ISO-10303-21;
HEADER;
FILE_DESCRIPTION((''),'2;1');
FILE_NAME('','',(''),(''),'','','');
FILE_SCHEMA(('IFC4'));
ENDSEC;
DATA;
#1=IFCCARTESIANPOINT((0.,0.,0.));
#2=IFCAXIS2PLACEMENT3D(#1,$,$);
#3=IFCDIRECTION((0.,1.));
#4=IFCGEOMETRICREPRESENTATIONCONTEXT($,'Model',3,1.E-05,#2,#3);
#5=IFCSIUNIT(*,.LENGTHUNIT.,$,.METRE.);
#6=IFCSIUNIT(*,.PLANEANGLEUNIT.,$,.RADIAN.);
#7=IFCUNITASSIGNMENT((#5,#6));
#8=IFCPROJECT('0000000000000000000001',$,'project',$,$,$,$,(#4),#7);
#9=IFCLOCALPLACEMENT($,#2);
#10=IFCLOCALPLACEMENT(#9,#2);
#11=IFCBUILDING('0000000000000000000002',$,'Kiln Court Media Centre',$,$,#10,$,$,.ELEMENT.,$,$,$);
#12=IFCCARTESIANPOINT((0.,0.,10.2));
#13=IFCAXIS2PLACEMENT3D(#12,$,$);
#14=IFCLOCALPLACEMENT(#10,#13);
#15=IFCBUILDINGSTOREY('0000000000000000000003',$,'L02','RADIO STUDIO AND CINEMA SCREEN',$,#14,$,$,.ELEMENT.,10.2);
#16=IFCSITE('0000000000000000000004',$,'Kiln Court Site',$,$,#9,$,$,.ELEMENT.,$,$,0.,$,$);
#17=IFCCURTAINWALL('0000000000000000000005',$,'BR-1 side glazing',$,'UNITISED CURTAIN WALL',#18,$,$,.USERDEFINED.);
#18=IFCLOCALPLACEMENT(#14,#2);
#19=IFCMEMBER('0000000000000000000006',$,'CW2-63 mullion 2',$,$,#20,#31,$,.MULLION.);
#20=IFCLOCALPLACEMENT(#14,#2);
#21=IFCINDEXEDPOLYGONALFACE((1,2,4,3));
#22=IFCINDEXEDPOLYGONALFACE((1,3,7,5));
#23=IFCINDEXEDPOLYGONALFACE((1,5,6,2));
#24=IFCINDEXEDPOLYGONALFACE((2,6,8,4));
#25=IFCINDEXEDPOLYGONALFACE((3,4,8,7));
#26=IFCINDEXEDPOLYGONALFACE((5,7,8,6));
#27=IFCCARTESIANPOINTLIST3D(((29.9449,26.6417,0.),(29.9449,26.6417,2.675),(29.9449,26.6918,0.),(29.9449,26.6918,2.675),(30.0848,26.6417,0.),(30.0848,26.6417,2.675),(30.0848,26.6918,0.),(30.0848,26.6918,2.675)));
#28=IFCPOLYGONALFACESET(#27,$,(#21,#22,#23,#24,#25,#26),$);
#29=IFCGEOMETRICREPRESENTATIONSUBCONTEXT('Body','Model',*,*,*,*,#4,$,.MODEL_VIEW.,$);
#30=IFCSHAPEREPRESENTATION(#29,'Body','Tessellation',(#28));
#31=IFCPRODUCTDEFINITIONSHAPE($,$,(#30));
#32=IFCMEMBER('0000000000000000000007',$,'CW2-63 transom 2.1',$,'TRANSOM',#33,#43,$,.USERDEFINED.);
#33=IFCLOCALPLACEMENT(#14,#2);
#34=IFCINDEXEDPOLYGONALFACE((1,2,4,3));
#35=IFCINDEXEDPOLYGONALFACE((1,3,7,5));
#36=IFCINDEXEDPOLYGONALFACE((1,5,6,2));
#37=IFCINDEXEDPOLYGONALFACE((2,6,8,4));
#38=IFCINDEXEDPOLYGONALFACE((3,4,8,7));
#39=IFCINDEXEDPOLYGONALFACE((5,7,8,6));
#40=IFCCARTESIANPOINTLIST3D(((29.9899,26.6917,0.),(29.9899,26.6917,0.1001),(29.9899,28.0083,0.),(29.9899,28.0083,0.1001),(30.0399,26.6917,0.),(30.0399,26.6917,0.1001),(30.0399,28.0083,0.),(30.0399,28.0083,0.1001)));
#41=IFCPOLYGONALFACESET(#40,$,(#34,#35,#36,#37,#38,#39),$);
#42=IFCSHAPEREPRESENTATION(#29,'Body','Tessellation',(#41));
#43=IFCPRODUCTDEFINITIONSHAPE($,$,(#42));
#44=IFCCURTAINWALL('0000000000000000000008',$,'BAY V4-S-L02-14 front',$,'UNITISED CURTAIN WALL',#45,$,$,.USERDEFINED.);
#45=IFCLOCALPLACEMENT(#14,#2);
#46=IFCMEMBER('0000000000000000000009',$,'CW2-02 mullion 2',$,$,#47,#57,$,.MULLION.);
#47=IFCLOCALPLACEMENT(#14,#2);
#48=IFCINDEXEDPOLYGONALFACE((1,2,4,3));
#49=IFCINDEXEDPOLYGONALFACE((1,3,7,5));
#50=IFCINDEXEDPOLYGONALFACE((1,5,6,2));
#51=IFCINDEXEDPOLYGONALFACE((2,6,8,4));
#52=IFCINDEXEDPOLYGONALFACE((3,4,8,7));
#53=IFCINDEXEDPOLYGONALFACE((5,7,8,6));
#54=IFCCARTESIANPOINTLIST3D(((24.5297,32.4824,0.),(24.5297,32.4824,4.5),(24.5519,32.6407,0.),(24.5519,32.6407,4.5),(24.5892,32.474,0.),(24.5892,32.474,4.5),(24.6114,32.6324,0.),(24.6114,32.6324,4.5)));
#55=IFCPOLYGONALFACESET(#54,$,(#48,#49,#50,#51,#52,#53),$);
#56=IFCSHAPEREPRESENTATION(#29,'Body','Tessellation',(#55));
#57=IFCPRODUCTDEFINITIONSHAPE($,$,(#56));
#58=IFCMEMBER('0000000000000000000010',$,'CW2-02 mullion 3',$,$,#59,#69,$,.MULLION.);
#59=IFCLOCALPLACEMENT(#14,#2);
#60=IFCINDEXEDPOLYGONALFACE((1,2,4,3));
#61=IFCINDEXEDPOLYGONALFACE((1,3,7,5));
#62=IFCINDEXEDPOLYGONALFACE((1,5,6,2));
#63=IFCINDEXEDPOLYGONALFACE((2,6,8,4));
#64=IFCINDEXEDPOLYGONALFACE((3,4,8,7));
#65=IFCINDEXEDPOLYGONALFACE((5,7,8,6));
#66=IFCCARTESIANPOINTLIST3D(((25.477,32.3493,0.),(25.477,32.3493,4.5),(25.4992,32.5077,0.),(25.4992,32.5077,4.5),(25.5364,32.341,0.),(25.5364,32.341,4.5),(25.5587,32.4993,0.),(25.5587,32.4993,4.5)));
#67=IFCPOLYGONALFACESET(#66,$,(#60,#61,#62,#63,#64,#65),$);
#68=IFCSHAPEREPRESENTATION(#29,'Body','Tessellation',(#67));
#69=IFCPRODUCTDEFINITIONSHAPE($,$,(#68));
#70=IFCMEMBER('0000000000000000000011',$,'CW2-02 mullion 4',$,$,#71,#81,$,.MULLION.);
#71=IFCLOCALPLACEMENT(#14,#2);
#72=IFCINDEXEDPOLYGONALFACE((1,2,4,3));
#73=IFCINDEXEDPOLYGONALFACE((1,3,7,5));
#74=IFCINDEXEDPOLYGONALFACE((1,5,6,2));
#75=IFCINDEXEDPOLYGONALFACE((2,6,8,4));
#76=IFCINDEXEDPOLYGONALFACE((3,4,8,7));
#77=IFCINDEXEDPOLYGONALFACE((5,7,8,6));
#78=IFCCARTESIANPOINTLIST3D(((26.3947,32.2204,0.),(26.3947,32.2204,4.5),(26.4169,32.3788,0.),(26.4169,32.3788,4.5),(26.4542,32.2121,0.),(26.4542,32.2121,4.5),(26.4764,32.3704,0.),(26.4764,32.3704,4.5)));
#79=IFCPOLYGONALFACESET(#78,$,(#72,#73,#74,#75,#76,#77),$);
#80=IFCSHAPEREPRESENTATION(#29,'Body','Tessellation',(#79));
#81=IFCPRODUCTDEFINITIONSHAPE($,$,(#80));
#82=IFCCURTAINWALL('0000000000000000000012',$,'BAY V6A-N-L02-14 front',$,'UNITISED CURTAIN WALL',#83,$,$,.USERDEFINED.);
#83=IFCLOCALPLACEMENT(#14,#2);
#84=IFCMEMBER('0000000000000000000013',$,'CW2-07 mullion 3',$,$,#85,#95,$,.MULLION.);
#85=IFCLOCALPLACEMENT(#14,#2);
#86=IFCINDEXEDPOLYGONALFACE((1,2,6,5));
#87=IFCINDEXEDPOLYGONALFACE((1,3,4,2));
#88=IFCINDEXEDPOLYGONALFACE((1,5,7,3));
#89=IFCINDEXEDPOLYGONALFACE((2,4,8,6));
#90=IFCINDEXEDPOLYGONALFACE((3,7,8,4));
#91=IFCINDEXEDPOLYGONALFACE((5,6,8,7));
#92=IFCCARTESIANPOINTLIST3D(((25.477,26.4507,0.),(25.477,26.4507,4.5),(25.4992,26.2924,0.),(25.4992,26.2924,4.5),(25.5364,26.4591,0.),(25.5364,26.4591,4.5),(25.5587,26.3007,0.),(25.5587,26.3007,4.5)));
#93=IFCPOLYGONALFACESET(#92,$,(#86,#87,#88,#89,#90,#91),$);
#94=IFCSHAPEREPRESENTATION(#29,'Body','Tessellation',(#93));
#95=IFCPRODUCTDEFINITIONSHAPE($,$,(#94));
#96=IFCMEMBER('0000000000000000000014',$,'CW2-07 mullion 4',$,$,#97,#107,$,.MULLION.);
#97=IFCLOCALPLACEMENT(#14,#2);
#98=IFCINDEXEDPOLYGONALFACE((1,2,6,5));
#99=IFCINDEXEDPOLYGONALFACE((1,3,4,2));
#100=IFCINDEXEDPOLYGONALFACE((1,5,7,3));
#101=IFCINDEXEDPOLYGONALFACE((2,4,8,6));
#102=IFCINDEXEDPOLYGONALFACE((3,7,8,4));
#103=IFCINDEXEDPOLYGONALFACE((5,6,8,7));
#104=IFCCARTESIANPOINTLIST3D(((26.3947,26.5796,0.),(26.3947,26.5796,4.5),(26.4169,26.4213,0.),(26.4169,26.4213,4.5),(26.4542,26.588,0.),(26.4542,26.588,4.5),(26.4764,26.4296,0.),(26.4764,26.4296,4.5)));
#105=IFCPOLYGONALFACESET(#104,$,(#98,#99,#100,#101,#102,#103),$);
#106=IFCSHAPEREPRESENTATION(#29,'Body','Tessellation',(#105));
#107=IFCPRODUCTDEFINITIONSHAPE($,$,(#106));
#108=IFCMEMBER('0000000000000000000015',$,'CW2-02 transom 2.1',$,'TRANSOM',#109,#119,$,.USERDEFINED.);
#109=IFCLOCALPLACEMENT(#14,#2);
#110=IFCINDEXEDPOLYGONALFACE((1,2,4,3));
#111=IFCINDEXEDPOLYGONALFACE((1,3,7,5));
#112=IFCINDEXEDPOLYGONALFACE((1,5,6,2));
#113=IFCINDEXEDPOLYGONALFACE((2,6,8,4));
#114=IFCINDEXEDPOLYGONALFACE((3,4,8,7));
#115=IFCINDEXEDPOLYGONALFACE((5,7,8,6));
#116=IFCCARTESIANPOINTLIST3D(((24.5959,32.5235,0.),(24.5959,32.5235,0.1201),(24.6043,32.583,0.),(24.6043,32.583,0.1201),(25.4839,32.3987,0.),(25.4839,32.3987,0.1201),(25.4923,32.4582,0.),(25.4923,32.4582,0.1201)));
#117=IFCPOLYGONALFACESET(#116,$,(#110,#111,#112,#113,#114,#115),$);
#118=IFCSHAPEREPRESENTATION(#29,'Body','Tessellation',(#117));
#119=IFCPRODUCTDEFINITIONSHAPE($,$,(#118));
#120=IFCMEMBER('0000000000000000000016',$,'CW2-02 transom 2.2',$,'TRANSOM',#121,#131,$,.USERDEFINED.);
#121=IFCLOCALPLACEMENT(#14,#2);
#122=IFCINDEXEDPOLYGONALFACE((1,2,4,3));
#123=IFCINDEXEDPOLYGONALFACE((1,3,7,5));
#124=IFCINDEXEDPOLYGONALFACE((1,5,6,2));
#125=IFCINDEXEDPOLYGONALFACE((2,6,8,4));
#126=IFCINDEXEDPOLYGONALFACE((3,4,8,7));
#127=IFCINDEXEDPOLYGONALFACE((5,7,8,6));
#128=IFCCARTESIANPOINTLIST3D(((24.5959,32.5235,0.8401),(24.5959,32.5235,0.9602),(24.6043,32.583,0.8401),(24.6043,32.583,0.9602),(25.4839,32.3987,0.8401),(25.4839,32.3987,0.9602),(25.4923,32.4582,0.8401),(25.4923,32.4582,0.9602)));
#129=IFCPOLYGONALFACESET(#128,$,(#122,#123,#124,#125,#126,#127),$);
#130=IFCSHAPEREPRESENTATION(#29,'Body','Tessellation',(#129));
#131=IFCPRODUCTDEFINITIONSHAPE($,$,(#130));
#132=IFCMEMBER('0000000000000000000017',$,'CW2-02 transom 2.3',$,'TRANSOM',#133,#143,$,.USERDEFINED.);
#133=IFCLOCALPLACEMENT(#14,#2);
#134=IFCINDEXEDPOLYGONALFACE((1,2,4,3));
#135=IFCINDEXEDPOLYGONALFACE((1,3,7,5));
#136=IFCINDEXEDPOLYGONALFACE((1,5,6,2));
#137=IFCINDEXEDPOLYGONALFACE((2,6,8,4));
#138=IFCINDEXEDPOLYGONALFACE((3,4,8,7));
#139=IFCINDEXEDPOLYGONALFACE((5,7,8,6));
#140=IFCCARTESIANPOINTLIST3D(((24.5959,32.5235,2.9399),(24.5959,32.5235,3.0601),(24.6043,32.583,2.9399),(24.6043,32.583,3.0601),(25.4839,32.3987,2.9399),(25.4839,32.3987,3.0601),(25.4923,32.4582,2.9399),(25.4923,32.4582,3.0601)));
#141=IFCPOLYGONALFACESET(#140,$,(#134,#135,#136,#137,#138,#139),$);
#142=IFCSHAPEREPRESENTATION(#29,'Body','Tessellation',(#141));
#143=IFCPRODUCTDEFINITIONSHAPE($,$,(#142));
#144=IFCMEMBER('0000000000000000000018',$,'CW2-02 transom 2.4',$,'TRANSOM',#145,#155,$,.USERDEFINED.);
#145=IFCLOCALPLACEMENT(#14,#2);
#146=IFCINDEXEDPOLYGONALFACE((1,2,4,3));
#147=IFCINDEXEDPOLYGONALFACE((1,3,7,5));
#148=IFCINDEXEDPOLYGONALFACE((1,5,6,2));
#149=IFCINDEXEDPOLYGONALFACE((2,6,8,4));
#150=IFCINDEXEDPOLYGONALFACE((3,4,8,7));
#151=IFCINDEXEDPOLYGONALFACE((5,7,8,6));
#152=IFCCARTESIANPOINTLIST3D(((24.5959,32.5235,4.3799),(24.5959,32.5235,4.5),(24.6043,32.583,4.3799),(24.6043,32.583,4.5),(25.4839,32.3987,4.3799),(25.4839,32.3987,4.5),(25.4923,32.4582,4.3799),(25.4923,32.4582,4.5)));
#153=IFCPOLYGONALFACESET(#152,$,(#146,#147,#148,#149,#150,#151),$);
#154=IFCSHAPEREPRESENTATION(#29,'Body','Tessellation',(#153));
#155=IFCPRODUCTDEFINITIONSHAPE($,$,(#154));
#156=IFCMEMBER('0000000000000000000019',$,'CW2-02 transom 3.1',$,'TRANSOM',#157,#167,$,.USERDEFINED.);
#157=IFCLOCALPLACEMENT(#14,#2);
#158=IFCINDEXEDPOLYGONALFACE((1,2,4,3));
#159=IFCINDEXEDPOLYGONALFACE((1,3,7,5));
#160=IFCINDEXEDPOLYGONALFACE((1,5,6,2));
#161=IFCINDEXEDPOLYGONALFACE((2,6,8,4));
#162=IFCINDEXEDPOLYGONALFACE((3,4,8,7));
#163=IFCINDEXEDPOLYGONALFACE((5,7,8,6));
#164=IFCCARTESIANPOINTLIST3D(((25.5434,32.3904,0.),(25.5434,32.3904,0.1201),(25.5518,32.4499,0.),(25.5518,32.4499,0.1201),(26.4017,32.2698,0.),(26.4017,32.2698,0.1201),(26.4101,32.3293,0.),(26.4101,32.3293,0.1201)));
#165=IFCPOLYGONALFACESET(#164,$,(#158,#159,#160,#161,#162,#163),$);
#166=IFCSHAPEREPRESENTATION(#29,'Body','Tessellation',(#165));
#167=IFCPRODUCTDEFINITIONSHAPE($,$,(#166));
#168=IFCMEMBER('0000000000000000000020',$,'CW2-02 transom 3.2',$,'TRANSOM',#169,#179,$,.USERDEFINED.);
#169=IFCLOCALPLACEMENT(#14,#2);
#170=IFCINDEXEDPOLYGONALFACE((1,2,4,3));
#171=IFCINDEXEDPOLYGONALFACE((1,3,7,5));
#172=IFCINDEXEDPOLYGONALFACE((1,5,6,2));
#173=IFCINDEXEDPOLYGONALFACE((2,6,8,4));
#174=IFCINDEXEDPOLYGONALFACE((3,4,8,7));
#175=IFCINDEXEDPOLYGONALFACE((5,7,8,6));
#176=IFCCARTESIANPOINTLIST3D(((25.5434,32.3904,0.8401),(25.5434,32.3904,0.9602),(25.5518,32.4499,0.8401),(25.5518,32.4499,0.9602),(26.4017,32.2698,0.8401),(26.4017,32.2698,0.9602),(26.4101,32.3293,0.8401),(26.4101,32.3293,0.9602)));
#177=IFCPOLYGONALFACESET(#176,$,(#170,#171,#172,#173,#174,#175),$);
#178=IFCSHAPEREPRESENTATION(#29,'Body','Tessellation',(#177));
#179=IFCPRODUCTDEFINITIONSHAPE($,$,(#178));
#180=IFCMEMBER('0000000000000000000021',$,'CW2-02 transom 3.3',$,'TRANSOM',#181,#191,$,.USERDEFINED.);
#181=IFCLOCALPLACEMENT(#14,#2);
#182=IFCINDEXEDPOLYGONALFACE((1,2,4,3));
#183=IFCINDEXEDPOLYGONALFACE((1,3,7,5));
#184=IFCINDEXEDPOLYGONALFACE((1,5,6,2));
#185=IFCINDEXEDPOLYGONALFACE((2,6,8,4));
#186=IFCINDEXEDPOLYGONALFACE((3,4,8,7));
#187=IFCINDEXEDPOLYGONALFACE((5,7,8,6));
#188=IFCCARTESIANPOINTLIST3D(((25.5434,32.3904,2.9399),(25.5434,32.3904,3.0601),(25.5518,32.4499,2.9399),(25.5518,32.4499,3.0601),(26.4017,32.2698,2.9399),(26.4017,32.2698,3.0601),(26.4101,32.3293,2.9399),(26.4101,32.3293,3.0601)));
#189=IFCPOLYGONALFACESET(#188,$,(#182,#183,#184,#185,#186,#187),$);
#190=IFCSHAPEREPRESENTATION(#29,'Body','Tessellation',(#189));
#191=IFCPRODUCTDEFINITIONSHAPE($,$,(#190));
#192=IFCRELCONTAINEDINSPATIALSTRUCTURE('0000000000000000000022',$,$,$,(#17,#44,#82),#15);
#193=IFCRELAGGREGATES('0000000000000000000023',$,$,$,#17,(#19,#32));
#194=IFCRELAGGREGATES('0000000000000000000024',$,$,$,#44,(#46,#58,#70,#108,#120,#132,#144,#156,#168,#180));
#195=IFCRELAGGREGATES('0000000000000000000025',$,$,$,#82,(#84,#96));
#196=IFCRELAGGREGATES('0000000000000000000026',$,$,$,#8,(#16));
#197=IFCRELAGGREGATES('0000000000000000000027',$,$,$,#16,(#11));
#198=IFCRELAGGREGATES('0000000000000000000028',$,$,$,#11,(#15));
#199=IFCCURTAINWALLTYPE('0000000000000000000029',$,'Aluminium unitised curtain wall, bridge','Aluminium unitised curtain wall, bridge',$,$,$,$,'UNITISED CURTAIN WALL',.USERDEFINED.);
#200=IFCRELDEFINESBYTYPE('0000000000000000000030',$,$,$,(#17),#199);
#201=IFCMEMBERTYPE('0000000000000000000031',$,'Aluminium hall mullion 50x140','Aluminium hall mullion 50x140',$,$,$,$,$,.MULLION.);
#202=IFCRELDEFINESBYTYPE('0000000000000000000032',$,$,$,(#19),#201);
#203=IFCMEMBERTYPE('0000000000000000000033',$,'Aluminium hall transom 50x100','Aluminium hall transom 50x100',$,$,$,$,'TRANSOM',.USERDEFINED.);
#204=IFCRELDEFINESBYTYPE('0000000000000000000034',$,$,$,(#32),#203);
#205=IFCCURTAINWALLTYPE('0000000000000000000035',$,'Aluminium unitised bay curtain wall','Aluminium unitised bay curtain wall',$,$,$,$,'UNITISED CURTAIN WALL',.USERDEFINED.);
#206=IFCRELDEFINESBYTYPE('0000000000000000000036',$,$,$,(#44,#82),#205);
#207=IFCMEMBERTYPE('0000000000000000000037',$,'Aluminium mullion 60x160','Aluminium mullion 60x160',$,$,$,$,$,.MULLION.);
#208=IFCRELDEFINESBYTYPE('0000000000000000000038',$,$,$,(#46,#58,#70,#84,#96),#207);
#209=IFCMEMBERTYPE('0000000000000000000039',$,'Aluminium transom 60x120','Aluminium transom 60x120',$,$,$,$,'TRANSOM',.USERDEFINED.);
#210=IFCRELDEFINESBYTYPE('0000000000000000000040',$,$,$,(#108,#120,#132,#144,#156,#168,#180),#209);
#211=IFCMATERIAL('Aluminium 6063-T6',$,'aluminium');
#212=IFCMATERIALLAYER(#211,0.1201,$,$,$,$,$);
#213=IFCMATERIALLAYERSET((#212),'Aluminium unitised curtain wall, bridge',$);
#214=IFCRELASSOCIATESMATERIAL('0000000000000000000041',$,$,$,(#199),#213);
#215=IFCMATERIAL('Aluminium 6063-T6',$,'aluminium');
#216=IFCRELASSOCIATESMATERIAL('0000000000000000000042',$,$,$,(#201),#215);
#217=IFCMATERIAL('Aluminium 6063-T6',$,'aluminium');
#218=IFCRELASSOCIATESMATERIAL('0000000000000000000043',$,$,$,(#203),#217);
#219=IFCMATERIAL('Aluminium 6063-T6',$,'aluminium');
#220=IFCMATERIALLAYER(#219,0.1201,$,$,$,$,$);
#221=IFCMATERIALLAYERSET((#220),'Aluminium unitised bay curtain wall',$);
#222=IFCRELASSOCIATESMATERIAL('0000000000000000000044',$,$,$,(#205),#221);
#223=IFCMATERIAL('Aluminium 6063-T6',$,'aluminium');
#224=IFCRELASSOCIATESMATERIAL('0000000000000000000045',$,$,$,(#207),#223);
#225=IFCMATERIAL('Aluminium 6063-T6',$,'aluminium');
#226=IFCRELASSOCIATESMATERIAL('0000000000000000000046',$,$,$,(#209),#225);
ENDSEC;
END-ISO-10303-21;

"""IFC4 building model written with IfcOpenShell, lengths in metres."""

from ifc_helpers import new_model, si_unit, direction, frame, origin, origin_2d, place, context, subcontext, project, spatial, rectangle, extrude, material, layer, layer_set, material_profile, profile_set, type_object, element, aggregate, save


model = new_model("IFC4")

# Units and contexts
model_context = context("Model", 3, precision=1e-05, world=origin(), true_north=direction((0.0, 1.0)))
body_context = subcontext(model_context, "Body", "Model", "MODEL_VIEW")
ifc_project = project(units=[si_unit("LENGTHUNIT", "METRE"), si_unit("PLANEANGLEUNIT", "RADIAN")], contexts=[model_context])

# Site, building, storey
site_placement = place(None, origin())
site = spatial("IfcSite", under=ifc_project, at=site_placement, Name="Kiln Court Site", CompositionType="ELEMENT", RefElevation=0.0)
building_placement = place(site_placement, origin())
building = spatial("IfcBuilding", under=site, at=building_placement, Name="Kiln Court Media Centre", CompositionType="ELEMENT")
storey_placement = place(building_placement, frame((0.0, 0.0, 10.2)))
storey = spatial("IfcBuildingStorey", under=building, at=storey_placement, Name="L02", Description="RADIO STUDIO AND CINEMA SCREEN", CompositionType="ELEMENT", Elevation=10.2)

# Curtain walls, members
ifc_material_1 = material(Name="Aluminium 6063-T6", Category="aluminium")
ifc_layer_1 = layer(ifc_material_1, 0.1201)
ifc_layer_set_1 = layer_set([ifc_layer_1], Name="Aluminium unitised curtain wall, bridge")
curtain_wall_type_1 = type_object("IfcCurtainWallType", Name="Aluminium unitised curtain wall, bridge", Description="Aluminium unitised curtain wall, bridge", ElementType="UNITISED CURTAIN WALL", PredefinedType="USERDEFINED", material=ifc_layer_set_1)
curtain_wall_1_placement = place(storey_placement, origin())
curtain_wall_1 = element("IfcCurtainWall", 1, at=curtain_wall_1_placement, inside=storey, type_object=curtain_wall_type_1, Name="BR-1 side glazing", ObjectType="UNITISED CURTAIN WALL", PredefinedType="USERDEFINED")
ifc_material_2 = material(Name="Aluminium 6063-T6", Category="aluminium")
ifc_material_profile_1 = material_profile(ifc_material_2, rectangle(XDim=0.05, YDim=0.1399, at=origin_2d()), Name="Aluminium hall mullion 50x140")
ifc_profile_set_1 = profile_set([ifc_material_profile_1], Name="Aluminium 6063-T6")
member_type_1 = type_object("IfcMemberType", Name="Aluminium hall mullion 50x140", Description="Aluminium hall mullion 50x140", PredefinedType="MULLION", material=ifc_profile_set_1)
member_1_placement = place(storey_placement, frame((30.0149, 26.6667, 0.0), z_axis=(0.0, 0.0, 1.0), x_axis=(0.0, 1.0, 0.0)))
member_1 = element("IfcMember", 2, at=member_1_placement, type_object=member_type_1, Name="CW2-63 mullion 2", PredefinedType="MULLION", context=body_context, shape_type="SweptSolid", body=[
    extrude(rectangle(XDim=0.05, YDim=0.1399, at=origin_2d()), origin(), (0.0, 0.0, 1.0), 2.675),
])
ifc_material_3 = material(Name="Aluminium 6063-T6", Category="aluminium")
ifc_material_profile_2 = material_profile(ifc_material_3, rectangle(XDim=0.05, YDim=0.1001, at=origin_2d()), Name="Aluminium hall transom 50x100")
ifc_profile_set_2 = profile_set([ifc_material_profile_2], Name="Aluminium 6063-T6")
member_type_2 = type_object("IfcMemberType", Name="Aluminium hall transom 50x100", Description="Aluminium hall transom 50x100", ElementType="TRANSOM", PredefinedType="USERDEFINED", material=ifc_profile_set_2)
member_2_placement = place(storey_placement, frame((30.0149, 26.6917, 0.05), z_axis=(0.0, 1.0, 0.0), x_axis=(-1.0, 0.0, 0.0)))
member_2 = element("IfcMember", 3, at=member_2_placement, type_object=member_type_2, Name="CW2-63 transom 2.1", ObjectType="TRANSOM", PredefinedType="USERDEFINED", context=body_context, shape_type="SweptSolid", body=[
    extrude(rectangle(XDim=0.05, YDim=0.1001, at=origin_2d()), origin(), (0.0, 0.0, 1.0), 1.3167),
])
aggregate(curtain_wall_1, [member_1, member_2])
ifc_material_4 = material(Name="Aluminium 6063-T6", Category="aluminium")
ifc_layer_2 = layer(ifc_material_4, 0.1201)
ifc_layer_set_2 = layer_set([ifc_layer_2], Name="Aluminium unitised bay curtain wall")
curtain_wall_type_2 = type_object("IfcCurtainWallType", Name="Aluminium unitised bay curtain wall", Description="Aluminium unitised bay curtain wall", ElementType="UNITISED CURTAIN WALL", PredefinedType="USERDEFINED", material=ifc_layer_set_2)
curtain_wall_2_placement = place(storey_placement, origin())
curtain_wall_2 = element("IfcCurtainWall", 4, at=curtain_wall_2_placement, inside=storey, type_object=curtain_wall_type_2, Name="BAY V4-S-L02-14 front", ObjectType="UNITISED CURTAIN WALL", PredefinedType="USERDEFINED")
ifc_material_5 = material(Name="Aluminium 6063-T6", Category="aluminium")
ifc_material_profile_3 = material_profile(ifc_material_5, rectangle(XDim=0.0601, YDim=0.1599, at=origin_2d()), Name="Aluminium mullion 60x160")
ifc_profile_set_3 = profile_set([ifc_material_profile_3], Name="Aluminium 6063-T6")
member_type_3 = type_object("IfcMemberType", Name="Aluminium mullion 60x160", Description="Aluminium mullion 60x160", PredefinedType="MULLION", material=ifc_profile_set_3)
member_3_placement = place(storey_placement, frame((24.5706, 32.5574, 0.0), z_axis=(0.0, 0.0, 1.0), x_axis=(0.99027, -0.139162, 0.0)))
member_3 = element("IfcMember", 5, at=member_3_placement, type_object=member_type_3, Name="CW2-02 mullion 2", PredefinedType="MULLION", context=body_context, shape_type="SweptSolid", body=[
    extrude(rectangle(XDim=0.0601, YDim=0.1599, at=origin_2d()), origin(), (0.0, 0.0, 1.0), 4.5),
])
member_4_placement = place(storey_placement, frame((25.5178, 32.4243, 0.0), z_axis=(0.0, 0.0, 1.0), x_axis=(0.99027, -0.139162, 0.0)))
member_4 = element("IfcMember", 6, at=member_4_placement, type_object=member_type_3, Name="CW2-02 mullion 3", PredefinedType="MULLION", context=body_context, shape_type="SweptSolid", body=[
    extrude(rectangle(XDim=0.0601, YDim=0.1599, at=origin_2d()), origin(), (0.0, 0.0, 1.0), 4.5),
])
member_5_placement = place(storey_placement, frame((26.4355, 32.2954, 0.0), z_axis=(0.0, 0.0, 1.0), x_axis=(0.99027, -0.139162, 0.0)))
member_5 = element("IfcMember", 7, at=member_5_placement, type_object=member_type_3, Name="CW2-02 mullion 4", PredefinedType="MULLION", context=body_context, shape_type="SweptSolid", body=[
    extrude(rectangle(XDim=0.0601, YDim=0.1599, at=origin_2d()), origin(), (0.0, 0.0, 1.0), 4.5),
])
curtain_wall_3_placement = place(storey_placement, origin())
curtain_wall_3 = element("IfcCurtainWall", 8, at=curtain_wall_3_placement, inside=storey, type_object=curtain_wall_type_2, Name="BAY V6A-N-L02-14 front", ObjectType="UNITISED CURTAIN WALL", PredefinedType="USERDEFINED")
member_6_placement = place(storey_placement, frame((25.5178, 26.3757, 0.0), z_axis=(0.0, 0.0, 1.0), x_axis=(0.99027, 0.139162, 0.0)))
member_6 = element("IfcMember", 9, at=member_6_placement, type_object=member_type_3, Name="CW2-07 mullion 3", PredefinedType="MULLION", context=body_context, shape_type="SweptSolid", body=[
    extrude(rectangle(XDim=0.0601, YDim=0.1599, at=origin_2d()), origin(), (0.0, 0.0, 1.0), 4.5),
])
member_7_placement = place(storey_placement, frame((26.4355, 26.5046, 0.0), z_axis=(0.0, 0.0, 1.0), x_axis=(0.99027, 0.139162, 0.0)))
member_7 = element("IfcMember", 10, at=member_7_placement, type_object=member_type_3, Name="CW2-07 mullion 4", PredefinedType="MULLION", context=body_context, shape_type="SweptSolid", body=[
    extrude(rectangle(XDim=0.0601, YDim=0.1599, at=origin_2d()), origin(), (0.0, 0.0, 1.0), 4.5),
])

# Members
ifc_material_6 = material(Name="Aluminium 6063-T6", Category="aluminium")
ifc_material_profile_4 = material_profile(ifc_material_6, rectangle(XDim=0.0601, YDim=0.1201, at=origin_2d()), Name="Aluminium transom 60x120")
ifc_profile_set_4 = profile_set([ifc_material_profile_4], Name="Aluminium 6063-T6")
member_type_4 = type_object("IfcMemberType", Name="Aluminium transom 60x120", Description="Aluminium transom 60x120", ElementType="TRANSOM", PredefinedType="USERDEFINED", material=ifc_profile_set_4)
member_8_placement = place(storey_placement, frame((24.6001, 32.5532, 0.0601), z_axis=(0.990274, -0.139134, 0.0), x_axis=(0.139134, 0.990274, 0.0)))
member_8 = element("IfcMember", 11, at=member_8_placement, type_object=member_type_4, Name="CW2-02 transom 2.1", ObjectType="TRANSOM", PredefinedType="USERDEFINED", context=body_context, shape_type="SweptSolid", body=[
    extrude(rectangle(XDim=0.0601, YDim=0.1201, at=origin_2d()), origin(), (0.0, 0.0, 1.0), 0.8967),
])
member_9_placement = place(storey_placement, frame((24.6001, 32.5532, 0.9001), z_axis=(0.990274, -0.139134, 0.0), x_axis=(0.139134, 0.990274, 0.0)))
member_9 = element("IfcMember", 12, at=member_9_placement, type_object=member_type_4, Name="CW2-02 transom 2.2", ObjectType="TRANSOM", PredefinedType="USERDEFINED", context=body_context, shape_type="SweptSolid", body=[
    extrude(rectangle(XDim=0.0601, YDim=0.1201, at=origin_2d()), origin(), (0.0, 0.0, 1.0), 0.8967),
])
member_10_placement = place(storey_placement, frame((24.6001, 32.5532, 3.0), z_axis=(0.990274, -0.139134, 0.0), x_axis=(0.139134, 0.990274, 0.0)))
member_10 = element("IfcMember", 13, at=member_10_placement, type_object=member_type_4, Name="CW2-02 transom 2.3", ObjectType="TRANSOM", PredefinedType="USERDEFINED", context=body_context, shape_type="SweptSolid", body=[
    extrude(rectangle(XDim=0.0601, YDim=0.1201, at=origin_2d()), origin(), (0.0, 0.0, 1.0), 0.8967),
])
member_11_placement = place(storey_placement, frame((24.6001, 32.5532, 4.4399), z_axis=(0.990274, -0.139134, 0.0), x_axis=(0.139134, 0.990274, 0.0)))
member_11 = element("IfcMember", 14, at=member_11_placement, type_object=member_type_4, Name="CW2-02 transom 2.4", ObjectType="TRANSOM", PredefinedType="USERDEFINED", context=body_context, shape_type="SweptSolid", body=[
    extrude(rectangle(XDim=0.0601, YDim=0.1201, at=origin_2d()), origin(), (0.0, 0.0, 1.0), 0.8967),
])
member_12_placement = place(storey_placement, frame((25.5476, 32.4202, 0.0601), z_axis=(0.990268, -0.139173, 0.0), x_axis=(0.139173, 0.990268, 0.0)))
member_12 = element("IfcMember", 15, at=member_12_placement, type_object=member_type_4, Name="CW2-02 transom 3.1", ObjectType="TRANSOM", PredefinedType="USERDEFINED", context=body_context, shape_type="SweptSolid", body=[
    extrude(rectangle(XDim=0.0601, YDim=0.1201, at=origin_2d()), origin(), (0.0, 0.0, 1.0), 0.8667),
])
member_13_placement = place(storey_placement, frame((25.5476, 32.4202, 0.9001), z_axis=(0.990268, -0.139173, 0.0), x_axis=(0.139173, 0.990268, 0.0)))
member_13 = element("IfcMember", 16, at=member_13_placement, type_object=member_type_4, Name="CW2-02 transom 3.2", ObjectType="TRANSOM", PredefinedType="USERDEFINED", context=body_context, shape_type="SweptSolid", body=[
    extrude(rectangle(XDim=0.0601, YDim=0.1201, at=origin_2d()), origin(), (0.0, 0.0, 1.0), 0.8667),
])
member_14_placement = place(storey_placement, frame((25.5476, 32.4202, 3.0), z_axis=(0.990268, -0.139173, 0.0), x_axis=(0.139173, 0.990268, 0.0)))
member_14 = element("IfcMember", 17, at=member_14_placement, type_object=member_type_4, Name="CW2-02 transom 3.3", ObjectType="TRANSOM", PredefinedType="USERDEFINED", context=body_context, shape_type="SweptSolid", body=[
    extrude(rectangle(XDim=0.0601, YDim=0.1201, at=origin_2d()), origin(), (0.0, 0.0, 1.0), 0.8667),
])

aggregate(curtain_wall_2, [member_3, member_4, member_5, member_8, member_9, member_10, member_11, member_12, member_13, member_14])
aggregate(curtain_wall_3, [member_6, member_7])

save(model, "model.ifc")
